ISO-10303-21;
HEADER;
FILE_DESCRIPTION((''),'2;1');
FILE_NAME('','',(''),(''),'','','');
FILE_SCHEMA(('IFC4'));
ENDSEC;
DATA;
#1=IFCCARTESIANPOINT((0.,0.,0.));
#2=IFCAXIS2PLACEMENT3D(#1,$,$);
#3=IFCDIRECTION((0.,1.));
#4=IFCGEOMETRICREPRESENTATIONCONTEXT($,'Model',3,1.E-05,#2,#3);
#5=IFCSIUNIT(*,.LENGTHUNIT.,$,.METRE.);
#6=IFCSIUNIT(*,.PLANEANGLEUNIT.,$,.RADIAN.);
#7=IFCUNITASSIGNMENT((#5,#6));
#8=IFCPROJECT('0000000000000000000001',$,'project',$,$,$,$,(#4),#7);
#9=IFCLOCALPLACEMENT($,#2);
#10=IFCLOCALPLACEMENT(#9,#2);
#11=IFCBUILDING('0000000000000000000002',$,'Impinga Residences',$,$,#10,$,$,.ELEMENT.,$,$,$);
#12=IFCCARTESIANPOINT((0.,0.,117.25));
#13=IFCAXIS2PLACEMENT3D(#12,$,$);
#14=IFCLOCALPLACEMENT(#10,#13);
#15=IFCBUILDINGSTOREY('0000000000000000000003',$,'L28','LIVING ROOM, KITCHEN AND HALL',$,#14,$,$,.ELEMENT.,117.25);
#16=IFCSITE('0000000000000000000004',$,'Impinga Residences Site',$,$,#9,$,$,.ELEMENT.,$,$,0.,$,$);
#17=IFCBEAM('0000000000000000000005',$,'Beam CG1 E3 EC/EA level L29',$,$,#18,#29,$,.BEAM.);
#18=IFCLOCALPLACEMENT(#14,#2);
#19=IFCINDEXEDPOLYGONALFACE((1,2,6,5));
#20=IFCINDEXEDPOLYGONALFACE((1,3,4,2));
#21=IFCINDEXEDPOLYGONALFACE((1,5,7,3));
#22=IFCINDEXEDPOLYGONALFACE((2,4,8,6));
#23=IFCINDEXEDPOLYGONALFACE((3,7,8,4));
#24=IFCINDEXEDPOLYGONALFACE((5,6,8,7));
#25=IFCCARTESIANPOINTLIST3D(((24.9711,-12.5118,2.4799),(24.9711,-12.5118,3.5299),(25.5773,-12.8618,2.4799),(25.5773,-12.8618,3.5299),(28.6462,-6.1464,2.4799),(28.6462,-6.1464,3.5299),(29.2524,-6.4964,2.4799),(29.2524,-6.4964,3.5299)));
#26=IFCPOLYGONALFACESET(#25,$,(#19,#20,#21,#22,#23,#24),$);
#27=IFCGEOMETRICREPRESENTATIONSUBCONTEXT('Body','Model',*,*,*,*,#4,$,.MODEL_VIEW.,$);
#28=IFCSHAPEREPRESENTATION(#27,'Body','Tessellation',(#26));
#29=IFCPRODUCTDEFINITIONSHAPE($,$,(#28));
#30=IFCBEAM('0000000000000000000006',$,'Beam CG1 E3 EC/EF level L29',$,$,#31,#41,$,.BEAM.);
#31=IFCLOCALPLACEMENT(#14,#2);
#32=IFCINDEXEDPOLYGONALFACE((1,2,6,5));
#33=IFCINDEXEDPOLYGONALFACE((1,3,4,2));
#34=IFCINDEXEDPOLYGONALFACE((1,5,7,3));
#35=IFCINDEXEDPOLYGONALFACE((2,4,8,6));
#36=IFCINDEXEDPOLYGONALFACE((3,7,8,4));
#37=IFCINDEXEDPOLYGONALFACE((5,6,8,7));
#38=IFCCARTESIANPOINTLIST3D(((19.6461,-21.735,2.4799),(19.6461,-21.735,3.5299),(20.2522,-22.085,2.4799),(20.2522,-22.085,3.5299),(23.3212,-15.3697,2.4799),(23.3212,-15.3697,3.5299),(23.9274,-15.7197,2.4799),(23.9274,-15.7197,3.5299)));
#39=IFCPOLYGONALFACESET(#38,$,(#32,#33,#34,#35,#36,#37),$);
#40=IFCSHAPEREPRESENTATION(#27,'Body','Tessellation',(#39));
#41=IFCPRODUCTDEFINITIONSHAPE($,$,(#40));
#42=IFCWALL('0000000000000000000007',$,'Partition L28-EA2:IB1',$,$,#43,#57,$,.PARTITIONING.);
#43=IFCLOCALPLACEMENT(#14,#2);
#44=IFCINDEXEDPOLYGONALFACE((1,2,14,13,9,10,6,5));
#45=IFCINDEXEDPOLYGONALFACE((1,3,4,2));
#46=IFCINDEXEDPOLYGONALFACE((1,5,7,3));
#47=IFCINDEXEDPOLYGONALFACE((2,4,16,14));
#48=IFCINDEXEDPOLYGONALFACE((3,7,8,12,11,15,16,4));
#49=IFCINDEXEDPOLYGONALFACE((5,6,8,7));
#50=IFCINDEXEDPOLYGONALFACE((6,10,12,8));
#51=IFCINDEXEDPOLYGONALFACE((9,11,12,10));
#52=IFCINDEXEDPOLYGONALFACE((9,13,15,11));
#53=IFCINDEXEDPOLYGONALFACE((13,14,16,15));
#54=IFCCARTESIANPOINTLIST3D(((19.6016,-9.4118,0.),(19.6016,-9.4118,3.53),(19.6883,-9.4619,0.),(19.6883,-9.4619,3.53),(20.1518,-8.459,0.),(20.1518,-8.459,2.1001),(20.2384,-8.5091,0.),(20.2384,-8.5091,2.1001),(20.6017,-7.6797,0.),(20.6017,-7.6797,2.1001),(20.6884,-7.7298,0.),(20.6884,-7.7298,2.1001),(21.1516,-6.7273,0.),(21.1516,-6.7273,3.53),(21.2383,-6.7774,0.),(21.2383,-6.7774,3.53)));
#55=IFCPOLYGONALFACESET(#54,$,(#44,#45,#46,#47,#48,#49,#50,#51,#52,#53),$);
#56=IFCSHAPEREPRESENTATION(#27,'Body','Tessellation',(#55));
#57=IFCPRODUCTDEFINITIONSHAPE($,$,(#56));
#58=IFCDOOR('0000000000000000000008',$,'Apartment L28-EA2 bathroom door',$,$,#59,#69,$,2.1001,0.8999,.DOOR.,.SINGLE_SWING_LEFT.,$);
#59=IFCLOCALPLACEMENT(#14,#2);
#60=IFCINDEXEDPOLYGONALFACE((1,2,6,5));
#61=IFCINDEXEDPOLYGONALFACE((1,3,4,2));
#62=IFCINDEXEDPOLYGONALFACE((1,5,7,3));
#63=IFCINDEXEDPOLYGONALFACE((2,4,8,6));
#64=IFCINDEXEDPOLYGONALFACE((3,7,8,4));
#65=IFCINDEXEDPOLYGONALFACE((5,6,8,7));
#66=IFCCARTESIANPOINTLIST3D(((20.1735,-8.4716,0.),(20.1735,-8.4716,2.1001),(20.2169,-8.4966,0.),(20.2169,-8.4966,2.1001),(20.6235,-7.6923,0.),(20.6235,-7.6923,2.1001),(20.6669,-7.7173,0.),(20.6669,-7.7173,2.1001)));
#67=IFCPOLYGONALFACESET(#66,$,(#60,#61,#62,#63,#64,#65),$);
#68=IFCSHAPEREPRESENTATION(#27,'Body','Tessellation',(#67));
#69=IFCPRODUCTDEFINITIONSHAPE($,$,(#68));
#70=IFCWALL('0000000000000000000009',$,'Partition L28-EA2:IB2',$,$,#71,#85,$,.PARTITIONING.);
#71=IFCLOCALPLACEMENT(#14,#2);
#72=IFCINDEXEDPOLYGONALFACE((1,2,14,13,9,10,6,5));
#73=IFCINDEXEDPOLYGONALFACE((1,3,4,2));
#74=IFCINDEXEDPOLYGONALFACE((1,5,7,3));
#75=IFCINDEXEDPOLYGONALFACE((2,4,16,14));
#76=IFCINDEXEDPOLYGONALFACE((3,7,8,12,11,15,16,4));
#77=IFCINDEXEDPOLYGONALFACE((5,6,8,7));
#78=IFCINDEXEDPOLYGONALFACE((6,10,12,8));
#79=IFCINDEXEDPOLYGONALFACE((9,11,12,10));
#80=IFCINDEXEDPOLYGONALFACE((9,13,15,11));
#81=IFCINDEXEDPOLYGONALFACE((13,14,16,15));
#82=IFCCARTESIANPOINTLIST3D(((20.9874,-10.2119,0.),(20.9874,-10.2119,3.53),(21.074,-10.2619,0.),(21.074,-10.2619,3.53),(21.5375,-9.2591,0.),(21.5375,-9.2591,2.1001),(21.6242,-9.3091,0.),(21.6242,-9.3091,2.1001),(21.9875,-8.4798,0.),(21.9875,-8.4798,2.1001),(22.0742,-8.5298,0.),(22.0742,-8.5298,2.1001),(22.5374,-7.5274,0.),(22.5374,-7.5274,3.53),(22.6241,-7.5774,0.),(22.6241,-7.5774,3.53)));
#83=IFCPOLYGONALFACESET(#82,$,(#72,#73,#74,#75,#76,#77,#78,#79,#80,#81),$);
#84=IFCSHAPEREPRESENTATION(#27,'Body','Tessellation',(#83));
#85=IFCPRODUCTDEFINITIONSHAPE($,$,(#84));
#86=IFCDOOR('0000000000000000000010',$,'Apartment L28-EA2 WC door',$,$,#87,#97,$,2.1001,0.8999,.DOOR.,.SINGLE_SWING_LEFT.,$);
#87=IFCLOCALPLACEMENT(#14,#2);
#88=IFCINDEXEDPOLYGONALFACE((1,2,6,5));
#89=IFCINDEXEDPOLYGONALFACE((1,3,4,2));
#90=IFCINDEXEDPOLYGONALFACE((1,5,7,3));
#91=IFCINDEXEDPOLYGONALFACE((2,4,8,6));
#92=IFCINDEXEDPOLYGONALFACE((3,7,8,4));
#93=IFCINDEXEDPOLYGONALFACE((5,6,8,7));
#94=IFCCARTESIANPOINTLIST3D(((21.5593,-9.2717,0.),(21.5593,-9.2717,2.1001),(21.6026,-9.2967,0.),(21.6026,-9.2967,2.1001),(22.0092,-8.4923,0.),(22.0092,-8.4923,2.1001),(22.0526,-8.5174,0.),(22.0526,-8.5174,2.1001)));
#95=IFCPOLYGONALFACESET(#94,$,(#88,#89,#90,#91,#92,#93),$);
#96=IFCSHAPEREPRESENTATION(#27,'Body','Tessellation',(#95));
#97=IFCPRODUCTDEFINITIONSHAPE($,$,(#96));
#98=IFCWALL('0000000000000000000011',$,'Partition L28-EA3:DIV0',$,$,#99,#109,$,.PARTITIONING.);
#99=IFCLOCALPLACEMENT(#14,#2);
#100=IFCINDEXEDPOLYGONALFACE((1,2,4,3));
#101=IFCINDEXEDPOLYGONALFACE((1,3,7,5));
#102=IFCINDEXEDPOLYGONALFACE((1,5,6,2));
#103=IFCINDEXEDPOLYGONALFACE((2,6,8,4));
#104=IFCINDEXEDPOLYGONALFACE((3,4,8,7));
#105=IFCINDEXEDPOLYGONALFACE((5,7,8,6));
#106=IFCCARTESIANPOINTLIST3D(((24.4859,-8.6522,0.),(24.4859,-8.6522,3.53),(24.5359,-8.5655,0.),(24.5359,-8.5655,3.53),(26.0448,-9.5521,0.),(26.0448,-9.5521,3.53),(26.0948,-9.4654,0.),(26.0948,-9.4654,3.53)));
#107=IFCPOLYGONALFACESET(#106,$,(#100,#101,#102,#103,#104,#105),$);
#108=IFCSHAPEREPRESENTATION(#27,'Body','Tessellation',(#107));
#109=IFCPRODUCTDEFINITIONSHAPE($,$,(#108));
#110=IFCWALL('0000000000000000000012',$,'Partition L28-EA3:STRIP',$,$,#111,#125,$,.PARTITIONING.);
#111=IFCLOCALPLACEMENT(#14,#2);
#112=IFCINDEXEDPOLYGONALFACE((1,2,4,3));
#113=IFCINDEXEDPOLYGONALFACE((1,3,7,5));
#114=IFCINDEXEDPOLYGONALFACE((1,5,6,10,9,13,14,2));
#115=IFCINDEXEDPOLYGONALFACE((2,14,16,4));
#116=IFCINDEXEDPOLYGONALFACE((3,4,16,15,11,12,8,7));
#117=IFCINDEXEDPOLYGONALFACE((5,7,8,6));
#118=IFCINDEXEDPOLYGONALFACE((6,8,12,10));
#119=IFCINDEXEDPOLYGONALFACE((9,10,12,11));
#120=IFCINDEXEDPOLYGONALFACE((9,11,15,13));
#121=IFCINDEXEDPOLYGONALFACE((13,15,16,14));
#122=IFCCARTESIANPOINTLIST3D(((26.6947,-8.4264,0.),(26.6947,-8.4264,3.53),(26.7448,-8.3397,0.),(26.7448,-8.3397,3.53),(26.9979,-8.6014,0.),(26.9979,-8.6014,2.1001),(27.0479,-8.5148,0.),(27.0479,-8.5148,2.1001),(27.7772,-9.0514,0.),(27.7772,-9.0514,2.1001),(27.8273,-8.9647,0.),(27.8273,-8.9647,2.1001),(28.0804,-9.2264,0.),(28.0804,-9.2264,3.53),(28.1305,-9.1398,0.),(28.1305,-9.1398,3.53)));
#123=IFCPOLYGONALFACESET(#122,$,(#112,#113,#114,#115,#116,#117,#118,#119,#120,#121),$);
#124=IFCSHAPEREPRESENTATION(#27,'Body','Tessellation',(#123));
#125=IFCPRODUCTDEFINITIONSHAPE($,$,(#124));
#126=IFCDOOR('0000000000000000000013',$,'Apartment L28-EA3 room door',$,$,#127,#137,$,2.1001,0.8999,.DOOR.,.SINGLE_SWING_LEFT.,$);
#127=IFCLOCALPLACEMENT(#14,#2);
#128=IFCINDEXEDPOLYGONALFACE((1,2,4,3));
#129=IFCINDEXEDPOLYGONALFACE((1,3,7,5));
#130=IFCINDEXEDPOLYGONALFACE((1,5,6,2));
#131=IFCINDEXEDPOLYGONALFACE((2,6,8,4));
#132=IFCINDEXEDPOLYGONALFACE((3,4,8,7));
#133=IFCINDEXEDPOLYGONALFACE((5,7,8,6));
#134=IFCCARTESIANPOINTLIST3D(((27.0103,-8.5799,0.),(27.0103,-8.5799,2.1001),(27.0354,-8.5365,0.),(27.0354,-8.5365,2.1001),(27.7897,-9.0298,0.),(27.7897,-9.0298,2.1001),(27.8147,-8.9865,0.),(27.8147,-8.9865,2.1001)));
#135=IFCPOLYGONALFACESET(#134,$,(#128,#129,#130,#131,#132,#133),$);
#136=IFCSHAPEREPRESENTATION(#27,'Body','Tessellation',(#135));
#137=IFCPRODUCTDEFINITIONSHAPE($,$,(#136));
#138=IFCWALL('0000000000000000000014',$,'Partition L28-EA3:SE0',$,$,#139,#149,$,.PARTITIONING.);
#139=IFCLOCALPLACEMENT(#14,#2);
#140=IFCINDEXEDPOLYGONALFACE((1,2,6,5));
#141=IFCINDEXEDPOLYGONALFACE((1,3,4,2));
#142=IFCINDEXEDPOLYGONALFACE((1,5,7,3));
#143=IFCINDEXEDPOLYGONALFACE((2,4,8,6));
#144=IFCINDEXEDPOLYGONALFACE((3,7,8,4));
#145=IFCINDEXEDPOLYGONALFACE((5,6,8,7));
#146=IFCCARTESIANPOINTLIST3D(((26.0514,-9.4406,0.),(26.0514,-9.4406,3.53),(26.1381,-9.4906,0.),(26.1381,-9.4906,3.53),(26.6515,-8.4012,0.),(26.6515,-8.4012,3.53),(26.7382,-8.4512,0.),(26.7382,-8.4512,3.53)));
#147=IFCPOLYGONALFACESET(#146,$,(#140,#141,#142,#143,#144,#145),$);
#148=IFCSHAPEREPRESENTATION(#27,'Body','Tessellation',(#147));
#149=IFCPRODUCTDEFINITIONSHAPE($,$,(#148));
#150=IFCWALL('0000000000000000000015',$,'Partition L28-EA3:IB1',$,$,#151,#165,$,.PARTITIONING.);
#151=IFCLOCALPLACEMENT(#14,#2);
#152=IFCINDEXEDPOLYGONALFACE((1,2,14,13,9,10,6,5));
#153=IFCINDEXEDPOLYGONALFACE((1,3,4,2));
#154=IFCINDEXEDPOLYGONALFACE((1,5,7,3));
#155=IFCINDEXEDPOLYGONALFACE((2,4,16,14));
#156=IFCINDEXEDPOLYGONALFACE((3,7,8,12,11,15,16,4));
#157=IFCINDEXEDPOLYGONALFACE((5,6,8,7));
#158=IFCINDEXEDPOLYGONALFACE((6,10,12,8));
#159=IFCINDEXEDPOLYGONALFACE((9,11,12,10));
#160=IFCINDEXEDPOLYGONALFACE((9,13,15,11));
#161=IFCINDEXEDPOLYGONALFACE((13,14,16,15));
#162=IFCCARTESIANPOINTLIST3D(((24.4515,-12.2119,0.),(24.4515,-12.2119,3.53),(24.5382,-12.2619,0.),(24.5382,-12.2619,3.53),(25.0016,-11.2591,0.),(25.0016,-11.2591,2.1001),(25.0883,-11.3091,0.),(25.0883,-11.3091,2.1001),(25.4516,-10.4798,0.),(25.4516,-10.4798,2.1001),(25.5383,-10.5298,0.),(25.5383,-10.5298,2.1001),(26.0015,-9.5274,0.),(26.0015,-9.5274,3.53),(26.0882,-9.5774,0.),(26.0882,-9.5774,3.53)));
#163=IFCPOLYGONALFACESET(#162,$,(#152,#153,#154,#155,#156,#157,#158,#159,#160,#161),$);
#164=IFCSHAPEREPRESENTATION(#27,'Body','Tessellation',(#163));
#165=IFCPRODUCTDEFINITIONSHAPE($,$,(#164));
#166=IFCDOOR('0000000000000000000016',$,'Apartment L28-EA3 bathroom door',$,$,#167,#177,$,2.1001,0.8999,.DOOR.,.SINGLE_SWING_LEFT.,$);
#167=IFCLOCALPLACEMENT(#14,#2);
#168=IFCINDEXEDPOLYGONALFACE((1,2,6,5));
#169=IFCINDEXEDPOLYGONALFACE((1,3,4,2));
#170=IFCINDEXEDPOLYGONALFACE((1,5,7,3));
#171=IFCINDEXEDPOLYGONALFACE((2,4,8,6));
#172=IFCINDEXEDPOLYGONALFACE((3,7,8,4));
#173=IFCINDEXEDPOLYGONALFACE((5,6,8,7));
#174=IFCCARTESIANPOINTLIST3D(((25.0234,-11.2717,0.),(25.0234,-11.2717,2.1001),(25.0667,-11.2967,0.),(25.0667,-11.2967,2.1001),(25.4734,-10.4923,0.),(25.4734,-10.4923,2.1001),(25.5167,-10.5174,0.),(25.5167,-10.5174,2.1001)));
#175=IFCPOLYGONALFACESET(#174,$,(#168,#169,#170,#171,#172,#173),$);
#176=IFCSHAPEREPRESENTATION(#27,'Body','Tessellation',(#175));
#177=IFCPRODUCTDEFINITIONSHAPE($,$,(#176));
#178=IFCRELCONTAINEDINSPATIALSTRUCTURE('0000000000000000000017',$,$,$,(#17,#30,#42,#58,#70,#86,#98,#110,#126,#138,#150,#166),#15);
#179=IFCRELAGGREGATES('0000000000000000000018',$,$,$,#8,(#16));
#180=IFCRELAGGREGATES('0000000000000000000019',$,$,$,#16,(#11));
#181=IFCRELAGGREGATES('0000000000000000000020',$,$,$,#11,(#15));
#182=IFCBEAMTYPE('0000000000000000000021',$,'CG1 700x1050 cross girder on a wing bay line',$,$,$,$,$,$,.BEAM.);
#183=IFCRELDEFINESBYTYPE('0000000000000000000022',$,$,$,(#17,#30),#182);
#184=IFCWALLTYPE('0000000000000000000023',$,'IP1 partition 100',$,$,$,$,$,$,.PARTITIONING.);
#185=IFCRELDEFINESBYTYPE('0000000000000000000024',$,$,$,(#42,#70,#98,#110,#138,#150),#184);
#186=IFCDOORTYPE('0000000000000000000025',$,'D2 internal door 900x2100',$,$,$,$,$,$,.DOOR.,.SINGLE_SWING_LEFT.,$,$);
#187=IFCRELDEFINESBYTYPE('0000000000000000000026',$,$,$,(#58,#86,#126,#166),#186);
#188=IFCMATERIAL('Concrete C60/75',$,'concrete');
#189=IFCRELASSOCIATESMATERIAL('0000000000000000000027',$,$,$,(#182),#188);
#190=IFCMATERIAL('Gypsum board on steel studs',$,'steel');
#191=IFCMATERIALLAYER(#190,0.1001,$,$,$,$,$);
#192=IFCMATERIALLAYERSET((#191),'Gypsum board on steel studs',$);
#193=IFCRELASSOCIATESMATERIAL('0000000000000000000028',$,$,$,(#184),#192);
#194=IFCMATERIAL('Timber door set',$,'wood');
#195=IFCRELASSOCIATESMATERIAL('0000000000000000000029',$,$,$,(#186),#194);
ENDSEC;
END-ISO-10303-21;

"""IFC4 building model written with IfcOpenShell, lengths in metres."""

from ifc_helpers import new_model, si_unit, direction, frame, frame_2d, origin, origin_2d, place, context, subcontext, project, spatial, rectangle, extrude, material, layer, layer_set, material_profile, profile_set, type_object, element, fill, save


model = new_model("IFC4")

# Units and contexts
model_context = context("Model", 3, precision=1e-05, world=origin(), true_north=direction((0.0, 1.0)))
body_context = subcontext(model_context, "Body", "Model", "MODEL_VIEW")
ifc_project = project(units=[si_unit("LENGTHUNIT", "METRE"), si_unit("PLANEANGLEUNIT", "RADIAN")], contexts=[model_context])

# Site, building, storey
site_placement = place(None, origin())
site = spatial("IfcSite", under=ifc_project, at=site_placement, Name="Impinga Residences Site", CompositionType="ELEMENT", RefElevation=0.0)
building_placement = place(site_placement, origin())
building = spatial("IfcBuilding", under=site, at=building_placement, Name="Impinga Residences", CompositionType="ELEMENT")
storey_placement = place(building_placement, frame((0.0, 0.0, 117.25)))
storey = spatial("IfcBuildingStorey", under=building, at=storey_placement, Name="L28", Description="LIVING ROOM, KITCHEN AND HALL", CompositionType="ELEMENT", Elevation=117.25)

# Beams
ifc_material_1 = material(Name="Concrete C60/75", Category="concrete")
ifc_material_profile = material_profile(ifc_material_1, rectangle(XDim=0.7, YDim=1.05, at=origin_2d()), Name="RC 700x1050")
ifc_profile_set = profile_set([ifc_material_profile], Name="Concrete C60/75")
beam_type = type_object("IfcBeamType", Name="CG1 700x1050 cross girder on a wing bay line", PredefinedType="BEAM", material=ifc_profile_set)
for number, where, z_axis, x_axis, name in (
    (1, (25.2742, -12.6868, 3.0049), (0.500008, 0.866021, 0.0), (-0.866021, 0.500008, 0.0), "Beam CG1 E3 EC/EA level L29"),
    (2, (23.6243, -15.5447, 3.0049), (-0.500008, -0.866021, 0.0), (0.866021, -0.500008, 0.0), "Beam CG1 E3 EC/EF level L29"),
):
    element("IfcBeam", number, at=place(storey_placement, frame(where, z_axis=z_axis, x_axis=x_axis)), inside=storey, type_object=beam_type, Name=name, PredefinedType="BEAM", context=body_context, shape_type="SweptSolid", body=[
        extrude(rectangle(XDim=0.7, YDim=1.05, at=origin_2d()), origin(), (0.0, 0.0, 1.0), 7.3501),
    ])

# Walls, openings, doors
ifc_material_2 = material(Name="Gypsum board on steel studs", Category="steel")
ifc_layer_1 = layer(ifc_material_2, 0.1001)
ifc_layer_set_1 = layer_set([ifc_layer_1], Name="Gypsum board on steel studs")
wall_type_1 = type_object("IfcWallType", Name="IP1 partition 100", PredefinedType="PARTITIONING", material=ifc_layer_set_1)
wall_1_placement = place(storey_placement, frame((19.645, -9.4368, 0.0), z_axis=(0.0, 0.0, 1.0), x_axis=(0.500027, 0.86601, 0.0)))
wall_1 = element("IfcWall", 3, at=wall_1_placement, inside=storey, type_object=wall_type_1, Name="Partition L28-EA2:IB1", PredefinedType="PARTITIONING", context=body_context, shape_type="SweptSolid", body=[
    extrude(rectangle(XDim=3.0999, YDim=0.1001, at=frame_2d((1.5498, 0.0))), origin(), (0.0, 0.0, 1.0), 3.53),
])
opening_1_placement = place(wall_1_placement, frame((1.1001, 0.0, 0.0)))
opening_1 = element("IfcOpeningElement", 4, at=opening_1_placement, cuts=wall_1, PredefinedType="OPENING", context=body_context, shape_type="SweptSolid", body=[
    extrude(rectangle(XDim=0.8999, YDim=2.1001, at=frame_2d((0.45, 1.05))), frame((0.0, 0.0601, 0.0), z_axis=(0.0, -1.0, 0.0), x_axis=(1.0, 0.0, 0.0)), (0.0, 0.0, 1.0), 0.1201),
])
ifc_material_3 = material(Name="Timber door set", Category="wood")
door_type = type_object("IfcDoorType", Name="D2 internal door 900x2100", OperationType="SINGLE_SWING_LEFT", PredefinedType="DOOR", material=ifc_material_3)
door_1_placement = place(opening_1_placement, origin())
door_1 = element("IfcDoor", 5, at=door_1_placement, inside=storey, type_object=door_type, Name="Apartment L28-EA2 bathroom door", OperationType="SINGLE_SWING_LEFT", OverallHeight=2.1001, OverallWidth=0.8999, PredefinedType="DOOR", context=body_context, shape_type="SweptSolid", body=[
    extrude(rectangle(XDim=0.8999, YDim=2.1001, at=frame_2d((0.45, 1.05))), frame((0.0, 0.0249, 0.0), z_axis=(0.0, -1.0, 0.0), x_axis=(1.0, 0.0, 0.0)), (0.0, 0.0, 1.0), 0.05),
])
fill(opening_1, door_1)
wall_2_placement = place(storey_placement, frame((21.0308, -10.2368, 0.0), z_axis=(0.0, 0.0, 1.0), x_axis=(0.500027, 0.86601, 0.0)))
wall_2 = element("IfcWall", 6, at=wall_2_placement, inside=storey, type_object=wall_type_1, Name="Partition L28-EA2:IB2", PredefinedType="PARTITIONING", context=body_context, shape_type="SweptSolid", body=[
    extrude(rectangle(XDim=3.0999, YDim=0.1001, at=frame_2d((1.5498, 0.0))), origin(), (0.0, 0.0, 1.0), 3.53),
])
opening_2_placement = place(wall_2_placement, frame((1.1001, 0.0, 0.0)))
opening_2 = element("IfcOpeningElement", 7, at=opening_2_placement, cuts=wall_2, PredefinedType="OPENING", context=body_context, shape_type="SweptSolid", body=[
    extrude(rectangle(XDim=0.8999, YDim=2.1001, at=frame_2d((0.45, 1.05))), frame((0.0, 0.0601, 0.0), z_axis=(0.0, -1.0, 0.0), x_axis=(1.0, 0.0, 0.0)), (0.0, 0.0, 1.0), 0.1201),
])
door_2_placement = place(opening_2_placement, origin())
door_2 = element("IfcDoor", 8, at=door_2_placement, inside=storey, type_object=door_type, Name="Apartment L28-EA2 WC door", OperationType="SINGLE_SWING_LEFT", OverallHeight=2.1001, OverallWidth=0.8999, PredefinedType="DOOR", context=body_context, shape_type="SweptSolid", body=[
    extrude(rectangle(XDim=0.8999, YDim=2.1001, at=frame_2d((0.45, 1.05))), frame((0.0, 0.0249, 0.0), z_axis=(0.0, -1.0, 0.0), x_axis=(1.0, 0.0, 0.0)), (0.0, 0.0, 1.0), 0.05),
])
fill(opening_2, door_2)

# Wall
wall_3_placement = place(storey_placement, frame((24.511, -8.6089, 0.0), z_axis=(0.0, 0.0, 1.0), x_axis=(0.866048, -0.499961, 0.0)))
element("IfcWall", 9, at=wall_3_placement, inside=storey, type_object=wall_type_1, Name="Partition L28-EA3:DIV0", PredefinedType="PARTITIONING", context=body_context, shape_type="SweptSolid", body=[
    extrude(rectangle(XDim=1.8, YDim=0.1001, at=frame_2d((0.8999, 0.0))), origin(), (0.0, 0.0, 1.0), 3.53),
])

# Wall, opening, door
wall_4_placement = place(storey_placement, frame((26.7197, -8.3831, 0.0), z_axis=(0.0, 0.0, 1.0), x_axis=(0.866028, -0.499995, 0.0)))
wall_4 = element("IfcWall", 10, at=wall_4_placement, inside=storey, type_object=wall_type_1, Name="Partition L28-EA3:STRIP", PredefinedType="PARTITIONING", context=body_context, shape_type="SweptSolid", body=[
    extrude(rectangle(XDim=1.6001, YDim=0.1001, at=frame_2d((0.8, 0.0))), origin(), (0.0, 0.0, 1.0), 3.53),
])
opening_3_placement = place(wall_4_placement, frame((0.3501, 0.0, 0.0)))
opening_3 = element("IfcOpeningElement", 11, at=opening_3_placement, cuts=wall_4, PredefinedType="OPENING", context=body_context, shape_type="SweptSolid", body=[
    extrude(rectangle(XDim=0.8999, YDim=2.1001, at=frame_2d((0.45, 1.05))), frame((0.0, 0.0601, 0.0), z_axis=(0.0, -1.0, 0.0), x_axis=(1.0, 0.0, 0.0)), (0.0, 0.0, 1.0), 0.1201),
])
door_3_placement = place(opening_3_placement, origin())
door_3 = element("IfcDoor", 12, at=door_3_placement, inside=storey, type_object=door_type, Name="Apartment L28-EA3 room door", OperationType="SINGLE_SWING_LEFT", OverallHeight=2.1001, OverallWidth=0.8999, PredefinedType="DOOR", context=body_context, shape_type="SweptSolid", body=[
    extrude(rectangle(XDim=0.8999, YDim=2.1001, at=frame_2d((0.45, 1.05))), frame((0.0, 0.0249, 0.0), z_axis=(0.0, -1.0, 0.0), x_axis=(1.0, 0.0, 0.0)), (0.0, 0.0, 1.0), 0.05),
])
fill(opening_3, door_3)

# Wall
wall_5_placement = place(storey_placement, frame((26.0947, -9.4656, 0.0), z_axis=(0.0, 0.0, 1.0), x_axis=(0.500034, 0.866006, 0.0)))
element("IfcWall", 13, at=wall_5_placement, inside=storey, type_object=wall_type_1, Name="Partition L28-EA3:SE0", PredefinedType="PARTITIONING", context=body_context, shape_type="SweptSolid", body=[
    extrude(rectangle(XDim=1.2002, YDim=0.1001, at=frame_2d((0.6001, 0.0))), origin(), (0.0, 0.0, 1.0), 3.53),
])

# Wall, opening, door
wall_6_placement = place(storey_placement, frame((24.4949, -12.2368, 0.0), z_axis=(0.0, 0.0, 1.0), x_axis=(0.500027, 0.86601, 0.0)))
wall_6 = element("IfcWall", 14, at=wall_6_placement, inside=storey, type_object=wall_type_1, Name="Partition L28-EA3:IB1", PredefinedType="PARTITIONING", context=body_context, shape_type="SweptSolid", body=[
    extrude(rectangle(XDim=3.0999, YDim=0.1001, at=frame_2d((1.5498, 0.0))), origin(), (0.0, 0.0, 1.0), 3.53),
])
opening_4_placement = place(wall_6_placement, frame((1.1001, 0.0, 0.0)))
opening_4 = element("IfcOpeningElement", 15, at=opening_4_placement, cuts=wall_6, PredefinedType="OPENING", context=body_context, shape_type="SweptSolid", body=[
    extrude(rectangle(XDim=0.8999, YDim=2.1001, at=frame_2d((0.45, 1.05))), frame((0.0, 0.0601, 0.0), z_axis=(0.0, -1.0, 0.0), x_axis=(1.0, 0.0, 0.0)), (0.0, 0.0, 1.0), 0.1201),
])
door_4_placement = place(opening_4_placement, origin())
door_4 = element("IfcDoor", 16, at=door_4_placement, inside=storey, type_object=door_type, Name="Apartment L28-EA3 bathroom door", OperationType="SINGLE_SWING_LEFT", OverallHeight=2.1001, OverallWidth=0.8999, PredefinedType="DOOR", context=body_context, shape_type="SweptSolid", body=[
    extrude(rectangle(XDim=0.8999, YDim=2.1001, at=frame_2d((0.45, 1.05))), frame((0.0, 0.0249, 0.0), z_axis=(0.0, -1.0, 0.0), x_axis=(1.0, 0.0, 0.0)), (0.0, 0.0, 1.0), 0.05),
])
fill(opening_4, door_4)

save(model, "model.ifc")
